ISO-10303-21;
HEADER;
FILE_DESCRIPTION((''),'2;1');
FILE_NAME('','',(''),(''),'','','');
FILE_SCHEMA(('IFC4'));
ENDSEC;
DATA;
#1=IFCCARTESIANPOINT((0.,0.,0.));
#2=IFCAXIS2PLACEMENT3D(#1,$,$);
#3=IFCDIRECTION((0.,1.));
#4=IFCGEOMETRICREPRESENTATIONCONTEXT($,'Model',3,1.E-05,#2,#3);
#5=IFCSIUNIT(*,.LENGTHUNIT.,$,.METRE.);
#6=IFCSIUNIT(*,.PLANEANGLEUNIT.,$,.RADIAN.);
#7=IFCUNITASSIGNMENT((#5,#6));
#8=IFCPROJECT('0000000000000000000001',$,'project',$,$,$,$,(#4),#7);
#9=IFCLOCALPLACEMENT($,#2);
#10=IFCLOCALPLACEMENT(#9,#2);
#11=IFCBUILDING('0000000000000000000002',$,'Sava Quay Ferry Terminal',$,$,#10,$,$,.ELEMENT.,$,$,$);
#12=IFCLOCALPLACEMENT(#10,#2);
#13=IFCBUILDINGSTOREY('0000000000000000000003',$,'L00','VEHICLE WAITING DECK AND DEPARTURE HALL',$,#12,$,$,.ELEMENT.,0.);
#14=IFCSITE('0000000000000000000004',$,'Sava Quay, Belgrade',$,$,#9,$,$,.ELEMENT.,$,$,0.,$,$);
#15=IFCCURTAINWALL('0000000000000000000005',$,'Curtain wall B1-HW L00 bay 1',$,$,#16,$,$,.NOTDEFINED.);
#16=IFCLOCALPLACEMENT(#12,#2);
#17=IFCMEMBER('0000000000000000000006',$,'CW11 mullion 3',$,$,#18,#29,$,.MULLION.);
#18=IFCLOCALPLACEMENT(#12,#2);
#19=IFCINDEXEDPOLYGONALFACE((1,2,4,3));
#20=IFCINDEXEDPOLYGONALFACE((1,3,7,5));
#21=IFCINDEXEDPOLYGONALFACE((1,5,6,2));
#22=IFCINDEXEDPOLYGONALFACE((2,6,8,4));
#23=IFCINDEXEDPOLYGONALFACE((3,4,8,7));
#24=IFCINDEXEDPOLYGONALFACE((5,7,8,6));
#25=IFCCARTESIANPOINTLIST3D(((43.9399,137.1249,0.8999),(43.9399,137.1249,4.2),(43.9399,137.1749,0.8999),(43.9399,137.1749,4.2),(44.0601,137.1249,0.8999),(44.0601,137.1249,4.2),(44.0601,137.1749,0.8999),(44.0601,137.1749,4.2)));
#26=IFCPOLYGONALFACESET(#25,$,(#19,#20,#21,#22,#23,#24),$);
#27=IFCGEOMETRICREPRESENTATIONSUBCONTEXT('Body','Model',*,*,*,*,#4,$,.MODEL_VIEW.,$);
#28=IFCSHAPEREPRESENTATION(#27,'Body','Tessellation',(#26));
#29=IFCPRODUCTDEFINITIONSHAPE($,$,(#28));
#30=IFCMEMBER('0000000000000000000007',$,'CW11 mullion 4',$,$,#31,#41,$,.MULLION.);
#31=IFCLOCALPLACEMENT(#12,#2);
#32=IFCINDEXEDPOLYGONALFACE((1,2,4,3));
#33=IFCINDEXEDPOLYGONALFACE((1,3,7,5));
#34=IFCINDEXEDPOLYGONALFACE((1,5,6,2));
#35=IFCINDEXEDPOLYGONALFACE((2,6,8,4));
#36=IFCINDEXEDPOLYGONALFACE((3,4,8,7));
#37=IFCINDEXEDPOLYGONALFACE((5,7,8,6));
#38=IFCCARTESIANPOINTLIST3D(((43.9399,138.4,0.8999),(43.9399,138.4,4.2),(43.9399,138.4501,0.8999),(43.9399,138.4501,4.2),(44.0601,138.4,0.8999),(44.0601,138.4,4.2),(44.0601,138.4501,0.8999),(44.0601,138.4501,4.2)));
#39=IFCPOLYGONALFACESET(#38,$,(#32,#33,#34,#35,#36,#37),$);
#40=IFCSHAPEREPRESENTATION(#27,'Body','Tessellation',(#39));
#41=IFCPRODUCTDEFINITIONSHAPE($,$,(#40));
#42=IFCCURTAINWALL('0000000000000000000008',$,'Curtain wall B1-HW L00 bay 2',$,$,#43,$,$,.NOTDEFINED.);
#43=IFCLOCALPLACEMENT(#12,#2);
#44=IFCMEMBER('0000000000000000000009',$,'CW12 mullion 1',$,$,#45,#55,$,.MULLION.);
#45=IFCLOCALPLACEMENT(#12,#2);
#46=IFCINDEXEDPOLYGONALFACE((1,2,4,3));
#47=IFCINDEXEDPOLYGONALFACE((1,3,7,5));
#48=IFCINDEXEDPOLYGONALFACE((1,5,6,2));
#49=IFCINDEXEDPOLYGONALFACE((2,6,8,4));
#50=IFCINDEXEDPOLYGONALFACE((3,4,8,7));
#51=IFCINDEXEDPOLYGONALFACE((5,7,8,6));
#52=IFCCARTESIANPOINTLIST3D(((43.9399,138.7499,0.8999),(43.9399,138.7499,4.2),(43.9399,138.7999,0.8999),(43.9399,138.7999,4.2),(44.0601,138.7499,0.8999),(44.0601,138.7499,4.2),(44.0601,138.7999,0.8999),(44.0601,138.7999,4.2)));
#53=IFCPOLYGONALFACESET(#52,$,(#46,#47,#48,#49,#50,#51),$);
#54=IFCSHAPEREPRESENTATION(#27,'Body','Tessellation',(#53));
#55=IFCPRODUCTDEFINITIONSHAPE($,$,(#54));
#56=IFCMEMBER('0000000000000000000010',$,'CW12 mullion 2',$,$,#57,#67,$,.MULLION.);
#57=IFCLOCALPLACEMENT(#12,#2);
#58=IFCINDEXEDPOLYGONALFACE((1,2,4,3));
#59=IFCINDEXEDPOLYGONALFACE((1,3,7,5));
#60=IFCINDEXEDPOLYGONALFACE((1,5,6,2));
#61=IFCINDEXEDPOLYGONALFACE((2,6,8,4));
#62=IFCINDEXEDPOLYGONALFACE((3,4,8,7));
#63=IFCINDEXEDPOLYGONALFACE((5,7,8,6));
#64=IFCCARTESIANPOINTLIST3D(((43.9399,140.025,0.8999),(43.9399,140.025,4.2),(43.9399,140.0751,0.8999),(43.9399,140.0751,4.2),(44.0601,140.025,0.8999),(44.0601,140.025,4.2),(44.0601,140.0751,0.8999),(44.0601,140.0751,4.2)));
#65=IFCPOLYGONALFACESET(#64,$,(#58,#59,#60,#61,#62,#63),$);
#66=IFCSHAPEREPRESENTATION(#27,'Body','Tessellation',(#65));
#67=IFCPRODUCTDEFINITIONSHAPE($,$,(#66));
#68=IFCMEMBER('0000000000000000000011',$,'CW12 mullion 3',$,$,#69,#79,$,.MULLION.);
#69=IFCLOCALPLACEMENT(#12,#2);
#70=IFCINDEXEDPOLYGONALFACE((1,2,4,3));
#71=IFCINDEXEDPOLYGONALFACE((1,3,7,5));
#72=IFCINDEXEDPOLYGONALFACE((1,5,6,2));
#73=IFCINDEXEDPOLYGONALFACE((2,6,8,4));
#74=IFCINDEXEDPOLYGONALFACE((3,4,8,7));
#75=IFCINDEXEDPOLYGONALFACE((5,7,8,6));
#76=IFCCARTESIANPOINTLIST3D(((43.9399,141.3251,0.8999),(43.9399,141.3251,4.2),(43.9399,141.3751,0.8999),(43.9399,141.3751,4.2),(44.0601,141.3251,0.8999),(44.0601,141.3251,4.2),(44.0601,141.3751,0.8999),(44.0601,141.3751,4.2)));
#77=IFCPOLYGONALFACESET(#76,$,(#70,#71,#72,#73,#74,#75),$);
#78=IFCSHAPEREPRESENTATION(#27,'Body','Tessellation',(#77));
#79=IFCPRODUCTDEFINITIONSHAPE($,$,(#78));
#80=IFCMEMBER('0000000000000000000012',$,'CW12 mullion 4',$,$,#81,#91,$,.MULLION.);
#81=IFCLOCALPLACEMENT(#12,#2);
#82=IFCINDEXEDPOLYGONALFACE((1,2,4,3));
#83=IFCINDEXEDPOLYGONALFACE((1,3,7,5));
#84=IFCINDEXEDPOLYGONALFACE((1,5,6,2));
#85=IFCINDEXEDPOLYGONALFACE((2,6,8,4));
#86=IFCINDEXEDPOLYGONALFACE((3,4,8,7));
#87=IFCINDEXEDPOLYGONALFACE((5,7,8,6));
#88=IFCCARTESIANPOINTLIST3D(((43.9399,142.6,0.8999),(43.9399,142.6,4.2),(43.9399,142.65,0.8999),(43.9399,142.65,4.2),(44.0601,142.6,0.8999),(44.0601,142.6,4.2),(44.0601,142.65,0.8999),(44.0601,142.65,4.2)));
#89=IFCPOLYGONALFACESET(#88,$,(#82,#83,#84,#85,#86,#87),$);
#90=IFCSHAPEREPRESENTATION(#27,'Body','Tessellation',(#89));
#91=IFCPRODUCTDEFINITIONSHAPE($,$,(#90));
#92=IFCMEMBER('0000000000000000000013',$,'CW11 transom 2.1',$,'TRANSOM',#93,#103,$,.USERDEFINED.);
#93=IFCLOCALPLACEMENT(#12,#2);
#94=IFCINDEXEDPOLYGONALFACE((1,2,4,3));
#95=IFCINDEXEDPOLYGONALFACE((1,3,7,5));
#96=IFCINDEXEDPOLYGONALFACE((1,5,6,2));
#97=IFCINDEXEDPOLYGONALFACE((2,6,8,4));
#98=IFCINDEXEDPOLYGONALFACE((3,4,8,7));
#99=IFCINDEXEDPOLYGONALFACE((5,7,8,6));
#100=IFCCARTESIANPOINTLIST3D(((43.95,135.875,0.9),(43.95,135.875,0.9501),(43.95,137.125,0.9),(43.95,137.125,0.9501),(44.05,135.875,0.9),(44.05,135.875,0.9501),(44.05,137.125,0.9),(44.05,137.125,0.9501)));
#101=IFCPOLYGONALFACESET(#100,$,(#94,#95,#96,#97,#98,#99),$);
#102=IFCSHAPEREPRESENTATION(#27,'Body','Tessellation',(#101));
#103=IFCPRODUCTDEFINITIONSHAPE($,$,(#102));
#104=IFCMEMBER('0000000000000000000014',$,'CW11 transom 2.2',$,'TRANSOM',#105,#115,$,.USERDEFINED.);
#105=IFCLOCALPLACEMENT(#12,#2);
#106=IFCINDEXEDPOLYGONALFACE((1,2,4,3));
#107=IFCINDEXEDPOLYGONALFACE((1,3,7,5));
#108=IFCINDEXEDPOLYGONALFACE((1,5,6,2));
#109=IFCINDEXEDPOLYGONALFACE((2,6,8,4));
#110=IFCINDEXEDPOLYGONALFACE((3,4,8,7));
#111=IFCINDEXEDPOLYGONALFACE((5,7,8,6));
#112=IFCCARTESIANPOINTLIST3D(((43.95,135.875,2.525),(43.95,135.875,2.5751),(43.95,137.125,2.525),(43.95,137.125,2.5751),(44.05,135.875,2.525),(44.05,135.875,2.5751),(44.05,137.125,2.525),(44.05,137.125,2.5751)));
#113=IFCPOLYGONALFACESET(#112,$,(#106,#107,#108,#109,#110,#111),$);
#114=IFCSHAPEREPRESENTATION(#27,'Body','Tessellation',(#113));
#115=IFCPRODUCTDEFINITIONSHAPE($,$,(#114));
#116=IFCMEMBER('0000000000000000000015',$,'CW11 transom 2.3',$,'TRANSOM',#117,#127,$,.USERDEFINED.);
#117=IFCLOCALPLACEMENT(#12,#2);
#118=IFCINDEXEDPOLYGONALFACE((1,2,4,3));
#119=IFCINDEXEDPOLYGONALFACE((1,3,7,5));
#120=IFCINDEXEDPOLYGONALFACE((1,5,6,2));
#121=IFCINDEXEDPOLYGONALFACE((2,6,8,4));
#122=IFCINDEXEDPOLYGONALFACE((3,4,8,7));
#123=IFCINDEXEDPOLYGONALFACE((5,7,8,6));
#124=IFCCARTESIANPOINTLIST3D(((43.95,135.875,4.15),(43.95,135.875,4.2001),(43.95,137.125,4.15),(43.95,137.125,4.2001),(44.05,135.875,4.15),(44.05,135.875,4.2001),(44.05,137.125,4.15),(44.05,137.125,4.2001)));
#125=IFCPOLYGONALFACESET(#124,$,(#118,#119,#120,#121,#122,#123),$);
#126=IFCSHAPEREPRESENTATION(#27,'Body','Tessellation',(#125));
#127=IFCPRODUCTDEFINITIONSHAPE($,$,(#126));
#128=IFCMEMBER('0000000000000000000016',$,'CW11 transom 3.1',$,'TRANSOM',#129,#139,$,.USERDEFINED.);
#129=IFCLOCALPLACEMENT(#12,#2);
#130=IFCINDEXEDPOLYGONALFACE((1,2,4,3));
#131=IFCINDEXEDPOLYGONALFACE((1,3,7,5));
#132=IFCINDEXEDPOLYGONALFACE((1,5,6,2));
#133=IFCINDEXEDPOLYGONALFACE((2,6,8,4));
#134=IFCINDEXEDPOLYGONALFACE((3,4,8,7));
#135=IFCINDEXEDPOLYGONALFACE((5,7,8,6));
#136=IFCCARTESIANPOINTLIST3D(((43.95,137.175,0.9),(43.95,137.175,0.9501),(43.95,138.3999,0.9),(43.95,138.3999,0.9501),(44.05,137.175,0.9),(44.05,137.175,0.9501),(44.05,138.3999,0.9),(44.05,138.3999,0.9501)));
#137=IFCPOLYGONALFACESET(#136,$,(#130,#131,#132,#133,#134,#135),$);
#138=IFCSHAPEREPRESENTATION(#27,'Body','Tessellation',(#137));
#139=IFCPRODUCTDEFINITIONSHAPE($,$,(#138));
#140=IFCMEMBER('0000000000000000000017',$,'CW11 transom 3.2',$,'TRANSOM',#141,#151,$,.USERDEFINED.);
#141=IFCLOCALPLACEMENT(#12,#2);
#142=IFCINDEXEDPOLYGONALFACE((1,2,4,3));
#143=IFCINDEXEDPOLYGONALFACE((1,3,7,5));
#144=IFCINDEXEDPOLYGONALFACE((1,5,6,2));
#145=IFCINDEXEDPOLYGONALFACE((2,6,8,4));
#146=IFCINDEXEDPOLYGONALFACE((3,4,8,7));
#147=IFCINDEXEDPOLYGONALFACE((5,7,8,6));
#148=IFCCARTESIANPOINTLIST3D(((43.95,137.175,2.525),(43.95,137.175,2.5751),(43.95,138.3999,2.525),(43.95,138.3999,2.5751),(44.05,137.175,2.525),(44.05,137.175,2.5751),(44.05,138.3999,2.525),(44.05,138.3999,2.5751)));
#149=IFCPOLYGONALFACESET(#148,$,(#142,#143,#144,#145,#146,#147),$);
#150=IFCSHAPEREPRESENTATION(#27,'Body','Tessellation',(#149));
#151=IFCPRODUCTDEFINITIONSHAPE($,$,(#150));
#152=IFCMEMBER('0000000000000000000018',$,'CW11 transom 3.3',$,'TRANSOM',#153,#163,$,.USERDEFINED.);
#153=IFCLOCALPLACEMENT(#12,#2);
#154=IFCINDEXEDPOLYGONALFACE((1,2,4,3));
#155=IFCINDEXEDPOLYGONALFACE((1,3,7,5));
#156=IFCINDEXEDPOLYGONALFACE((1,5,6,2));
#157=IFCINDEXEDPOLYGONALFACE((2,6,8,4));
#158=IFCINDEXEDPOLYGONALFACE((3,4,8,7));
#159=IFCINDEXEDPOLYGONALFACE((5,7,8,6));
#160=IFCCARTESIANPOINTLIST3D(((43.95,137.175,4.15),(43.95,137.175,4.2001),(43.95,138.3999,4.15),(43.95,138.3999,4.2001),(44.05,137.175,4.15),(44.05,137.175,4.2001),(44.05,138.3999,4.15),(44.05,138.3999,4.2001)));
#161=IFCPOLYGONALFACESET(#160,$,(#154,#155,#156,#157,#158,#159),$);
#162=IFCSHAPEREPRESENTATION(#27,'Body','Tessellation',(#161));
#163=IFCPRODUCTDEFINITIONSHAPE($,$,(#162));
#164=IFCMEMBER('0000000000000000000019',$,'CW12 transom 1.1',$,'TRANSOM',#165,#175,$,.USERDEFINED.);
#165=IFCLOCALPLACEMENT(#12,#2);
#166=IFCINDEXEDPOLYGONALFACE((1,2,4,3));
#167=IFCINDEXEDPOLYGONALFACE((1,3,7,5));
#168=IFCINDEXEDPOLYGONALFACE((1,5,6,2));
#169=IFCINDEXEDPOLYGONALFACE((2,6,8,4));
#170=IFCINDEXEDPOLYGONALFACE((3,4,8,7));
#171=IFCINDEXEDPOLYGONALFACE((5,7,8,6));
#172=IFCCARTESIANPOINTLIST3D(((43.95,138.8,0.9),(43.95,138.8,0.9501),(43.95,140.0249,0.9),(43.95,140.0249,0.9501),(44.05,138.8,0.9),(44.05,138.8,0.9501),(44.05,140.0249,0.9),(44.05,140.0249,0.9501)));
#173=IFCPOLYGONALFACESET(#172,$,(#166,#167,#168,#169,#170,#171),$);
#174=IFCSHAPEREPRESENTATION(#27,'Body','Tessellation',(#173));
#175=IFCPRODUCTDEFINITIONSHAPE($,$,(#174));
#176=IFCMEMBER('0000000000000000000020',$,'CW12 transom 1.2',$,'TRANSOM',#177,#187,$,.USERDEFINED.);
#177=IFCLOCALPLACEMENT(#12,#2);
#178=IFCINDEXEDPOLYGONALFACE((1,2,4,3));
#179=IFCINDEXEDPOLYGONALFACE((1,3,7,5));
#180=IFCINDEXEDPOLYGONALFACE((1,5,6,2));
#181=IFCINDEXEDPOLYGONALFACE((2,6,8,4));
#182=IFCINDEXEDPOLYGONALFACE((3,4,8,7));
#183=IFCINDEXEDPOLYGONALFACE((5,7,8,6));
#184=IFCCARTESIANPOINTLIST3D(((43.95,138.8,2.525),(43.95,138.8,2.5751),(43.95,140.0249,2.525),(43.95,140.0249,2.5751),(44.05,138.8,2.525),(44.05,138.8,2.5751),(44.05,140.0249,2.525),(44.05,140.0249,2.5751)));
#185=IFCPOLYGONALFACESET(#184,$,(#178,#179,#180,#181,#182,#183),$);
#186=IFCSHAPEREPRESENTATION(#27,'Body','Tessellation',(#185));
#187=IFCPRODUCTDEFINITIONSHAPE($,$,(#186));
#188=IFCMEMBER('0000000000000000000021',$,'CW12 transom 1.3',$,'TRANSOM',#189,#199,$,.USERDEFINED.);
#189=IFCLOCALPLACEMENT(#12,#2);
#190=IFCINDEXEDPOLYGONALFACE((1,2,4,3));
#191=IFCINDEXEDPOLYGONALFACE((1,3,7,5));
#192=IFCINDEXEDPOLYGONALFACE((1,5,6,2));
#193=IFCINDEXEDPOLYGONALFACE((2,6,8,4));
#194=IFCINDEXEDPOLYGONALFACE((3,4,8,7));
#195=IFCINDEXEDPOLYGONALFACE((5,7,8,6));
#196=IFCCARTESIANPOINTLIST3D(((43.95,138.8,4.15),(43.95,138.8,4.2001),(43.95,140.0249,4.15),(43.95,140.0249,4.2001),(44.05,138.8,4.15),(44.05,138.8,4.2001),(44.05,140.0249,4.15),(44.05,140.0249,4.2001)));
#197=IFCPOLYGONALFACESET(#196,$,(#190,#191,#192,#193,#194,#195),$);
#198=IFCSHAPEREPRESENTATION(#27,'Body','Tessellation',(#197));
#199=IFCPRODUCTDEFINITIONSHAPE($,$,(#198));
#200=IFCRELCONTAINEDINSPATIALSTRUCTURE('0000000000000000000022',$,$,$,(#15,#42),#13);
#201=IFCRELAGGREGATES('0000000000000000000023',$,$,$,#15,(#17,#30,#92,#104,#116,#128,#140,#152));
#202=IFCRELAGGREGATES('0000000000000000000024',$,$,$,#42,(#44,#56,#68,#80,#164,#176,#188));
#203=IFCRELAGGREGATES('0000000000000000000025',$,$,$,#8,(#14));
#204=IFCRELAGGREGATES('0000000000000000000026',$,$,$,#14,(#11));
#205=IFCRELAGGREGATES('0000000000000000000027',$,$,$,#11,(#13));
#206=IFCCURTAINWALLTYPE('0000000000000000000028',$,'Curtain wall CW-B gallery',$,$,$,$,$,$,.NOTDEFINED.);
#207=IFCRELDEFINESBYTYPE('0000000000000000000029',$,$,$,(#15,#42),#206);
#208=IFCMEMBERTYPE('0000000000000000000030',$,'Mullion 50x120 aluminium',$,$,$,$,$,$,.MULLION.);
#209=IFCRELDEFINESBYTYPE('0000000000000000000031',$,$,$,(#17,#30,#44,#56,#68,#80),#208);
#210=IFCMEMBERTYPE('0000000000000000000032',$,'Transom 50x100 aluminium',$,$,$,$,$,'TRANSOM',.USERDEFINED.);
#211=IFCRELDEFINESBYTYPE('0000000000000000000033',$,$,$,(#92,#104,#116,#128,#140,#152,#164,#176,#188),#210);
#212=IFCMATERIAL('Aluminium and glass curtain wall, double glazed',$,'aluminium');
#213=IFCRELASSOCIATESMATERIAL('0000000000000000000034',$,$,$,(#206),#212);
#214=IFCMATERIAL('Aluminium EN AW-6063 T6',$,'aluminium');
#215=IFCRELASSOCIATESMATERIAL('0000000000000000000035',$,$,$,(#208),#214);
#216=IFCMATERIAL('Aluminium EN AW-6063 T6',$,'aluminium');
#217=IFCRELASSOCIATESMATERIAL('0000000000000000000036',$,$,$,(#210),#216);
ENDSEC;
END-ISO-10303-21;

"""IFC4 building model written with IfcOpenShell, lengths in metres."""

from ifc_helpers import new_model, si_unit, direction, frame, origin, origin_2d, place, context, subcontext, project, spatial, rectangle, extrude, material, material_profile, profile_set, type_object, element, aggregate, save


model = new_model("IFC4")

# Units and contexts
model_context = context("Model", 3, precision=1e-05, world=origin(), true_north=direction((0.0, 1.0)))
body_context = subcontext(model_context, "Body", "Model", "MODEL_VIEW")
ifc_project = project(units=[si_unit("LENGTHUNIT", "METRE"), si_unit("PLANEANGLEUNIT", "RADIAN")], contexts=[model_context])

# Site, building, storey
site_placement = place(None, origin())
site = spatial("IfcSite", under=ifc_project, at=site_placement, Name="Sava Quay, Belgrade", CompositionType="ELEMENT", RefElevation=0.0)
building_placement = place(site_placement, origin())
building = spatial("IfcBuilding", under=site, at=building_placement, Name="Sava Quay Ferry Terminal", CompositionType="ELEMENT")
storey_placement = place(building_placement, origin())
storey = spatial("IfcBuildingStorey", under=building, at=storey_placement, Name="L00", Description="VEHICLE WAITING DECK AND DEPARTURE HALL", CompositionType="ELEMENT", Elevation=0.0)

# Curtain walls, members
ifc_material_1 = material(Name="Aluminium and glass curtain wall, double glazed", Category="aluminium")
curtain_wall_type = type_object("IfcCurtainWallType", Name="Curtain wall CW-B gallery", PredefinedType="NOTDEFINED", material=ifc_material_1)
curtain_wall_1_placement = place(storey_placement, origin())
curtain_wall_1 = element("IfcCurtainWall", 1, at=curtain_wall_1_placement, inside=storey, type_object=curtain_wall_type, Name="Curtain wall B1-HW L00 bay 1", PredefinedType="NOTDEFINED")
ifc_material_2 = material(Name="Aluminium EN AW-6063 T6", Category="aluminium")
ifc_material_profile_1 = material_profile(ifc_material_2, rectangle(XDim=0.1201, YDim=0.05, at=origin_2d()), Name="Mullion 50x120 aluminium")
ifc_profile_set_1 = profile_set([ifc_material_profile_1], Name="Aluminium EN AW-6063 T6")
member_type_1 = type_object("IfcMemberType", Name="Mullion 50x120 aluminium", PredefinedType="MULLION", material=ifc_profile_set_1)
member_1_placement = place(storey_placement, frame((44.0, 137.1499, 0.8999), z_axis=(0.0, 0.0, 1.0), x_axis=(-1.0, 0.0, 0.0)))
member_1 = element("IfcMember", 2, at=member_1_placement, type_object=member_type_1, Name="CW11 mullion 3", PredefinedType="MULLION", context=body_context, shape_type="SweptSolid", body=[
    extrude(rectangle(XDim=0.1201, YDim=0.05, at=origin_2d()), origin(), (0.0, 0.0, 1.0), 3.3),
])
member_2_placement = place(storey_placement, frame((44.0, 138.425, 0.8999), z_axis=(0.0, 0.0, 1.0), x_axis=(-1.0, 0.0, 0.0)))
member_2 = element("IfcMember", 3, at=member_2_placement, type_object=member_type_1, Name="CW11 mullion 4", PredefinedType="MULLION", context=body_context, shape_type="SweptSolid", body=[
    extrude(rectangle(XDim=0.1201, YDim=0.05, at=origin_2d()), origin(), (0.0, 0.0, 1.0), 3.3),
])
curtain_wall_2_placement = place(storey_placement, origin())
curtain_wall_2 = element("IfcCurtainWall", 4, at=curtain_wall_2_placement, inside=storey, type_object=curtain_wall_type, Name="Curtain wall B1-HW L00 bay 2", PredefinedType="NOTDEFINED")
member_3_placement = place(storey_placement, frame((44.0, 138.7749, 0.8999), z_axis=(0.0, 0.0, 1.0), x_axis=(-1.0, 0.0, 0.0)))
member_3 = element("IfcMember", 5, at=member_3_placement, type_object=member_type_1, Name="CW12 mullion 1", PredefinedType="MULLION", context=body_context, shape_type="SweptSolid", body=[
    extrude(rectangle(XDim=0.1201, YDim=0.05, at=origin_2d()), origin(), (0.0, 0.0, 1.0), 3.3),
])
member_4_placement = place(storey_placement, frame((44.0, 140.05, 0.8999), z_axis=(0.0, 0.0, 1.0), x_axis=(-1.0, 0.0, 0.0)))
member_4 = element("IfcMember", 6, at=member_4_placement, type_object=member_type_1, Name="CW12 mullion 2", PredefinedType="MULLION", context=body_context, shape_type="SweptSolid", body=[
    extrude(rectangle(XDim=0.1201, YDim=0.05, at=origin_2d()), origin(), (0.0, 0.0, 1.0), 3.3),
])
member_5_placement = place(storey_placement, frame((44.0, 141.3501, 0.8999), z_axis=(0.0, 0.0, 1.0), x_axis=(-1.0, 0.0, 0.0)))
member_5 = element("IfcMember", 7, at=member_5_placement, type_object=member_type_1, Name="CW12 mullion 3", PredefinedType="MULLION", context=body_context, shape_type="SweptSolid", body=[
    extrude(rectangle(XDim=0.1201, YDim=0.05, at=origin_2d()), origin(), (0.0, 0.0, 1.0), 3.3),
])
member_6_placement = place(storey_placement, frame((44.0, 142.625, 0.8999), z_axis=(0.0, 0.0, 1.0), x_axis=(-1.0, 0.0, 0.0)))
member_6 = element("IfcMember", 8, at=member_6_placement, type_object=member_type_1, Name="CW12 mullion 4", PredefinedType="MULLION", context=body_context, shape_type="SweptSolid", body=[
    extrude(rectangle(XDim=0.1201, YDim=0.05, at=origin_2d()), origin(), (0.0, 0.0, 1.0), 3.3),
])

# Members
ifc_material_3 = material(Name="Aluminium EN AW-6063 T6", Category="aluminium")
ifc_material_profile_2 = material_profile(ifc_material_3, rectangle(XDim=0.1001, YDim=0.05, at=origin_2d()), Name="Transom 50x100 aluminium")
ifc_profile_set_2 = profile_set([ifc_material_profile_2], Name="Aluminium EN AW-6063 T6")
member_type_2 = type_object("IfcMemberType", Name="Transom 50x100 aluminium", ElementType="TRANSOM", PredefinedType="USERDEFINED", material=ifc_profile_set_2)
member_7_placement = place(storey_placement, frame((44.0, 135.875, 0.925), z_axis=(0.0, 1.0, 0.0), x_axis=(-1.0, 0.0, 0.0)))
member_7 = element("IfcMember", 9, at=member_7_placement, type_object=member_type_2, Name="CW11 transom 2.1", ObjectType="TRANSOM", PredefinedType="USERDEFINED", context=body_context, shape_type="SweptSolid", body=[
    extrude(rectangle(XDim=0.1001, YDim=0.05, at=origin_2d()), origin(), (0.0, 0.0, 1.0), 1.25),
])
member_8_placement = place(storey_placement, frame((44.0, 135.875, 2.55), z_axis=(0.0, 1.0, 0.0), x_axis=(-1.0, 0.0, 0.0)))
member_8 = element("IfcMember", 10, at=member_8_placement, type_object=member_type_2, Name="CW11 transom 2.2", ObjectType="TRANSOM", PredefinedType="USERDEFINED", context=body_context, shape_type="SweptSolid", body=[
    extrude(rectangle(XDim=0.1001, YDim=0.05, at=origin_2d()), origin(), (0.0, 0.0, 1.0), 1.25),
])
member_9_placement = place(storey_placement, frame((44.0, 135.875, 4.175), z_axis=(0.0, 1.0, 0.0), x_axis=(-1.0, 0.0, 0.0)))
member_9 = element("IfcMember", 11, at=member_9_placement, type_object=member_type_2, Name="CW11 transom 2.3", ObjectType="TRANSOM", PredefinedType="USERDEFINED", context=body_context, shape_type="SweptSolid", body=[
    extrude(rectangle(XDim=0.1001, YDim=0.05, at=origin_2d()), origin(), (0.0, 0.0, 1.0), 1.25),
])
member_10_placement = place(storey_placement, frame((44.0, 137.175, 0.925), z_axis=(0.0, 1.0, 0.0), x_axis=(-1.0, 0.0, 0.0)))
member_10 = element("IfcMember", 12, at=member_10_placement, type_object=member_type_2, Name="CW11 transom 3.1", ObjectType="TRANSOM", PredefinedType="USERDEFINED", context=body_context, shape_type="SweptSolid", body=[
    extrude(rectangle(XDim=0.1001, YDim=0.05, at=origin_2d()), origin(), (0.0, 0.0, 1.0), 1.2249),
])
member_11_placement = place(storey_placement, frame((44.0, 137.175, 2.55), z_axis=(0.0, 1.0, 0.0), x_axis=(-1.0, 0.0, 0.0)))
member_11 = element("IfcMember", 13, at=member_11_placement, type_object=member_type_2, Name="CW11 transom 3.2", ObjectType="TRANSOM", PredefinedType="USERDEFINED", context=body_context, shape_type="SweptSolid", body=[
    extrude(rectangle(XDim=0.1001, YDim=0.05, at=origin_2d()), origin(), (0.0, 0.0, 1.0), 1.2249),
])
member_12_placement = place(storey_placement, frame((44.0, 137.175, 4.175), z_axis=(0.0, 1.0, 0.0), x_axis=(-1.0, 0.0, 0.0)))
member_12 = element("IfcMember", 14, at=member_12_placement, type_object=member_type_2, Name="CW11 transom 3.3", ObjectType="TRANSOM", PredefinedType="USERDEFINED", context=body_context, shape_type="SweptSolid", body=[
    extrude(rectangle(XDim=0.1001, YDim=0.05, at=origin_2d()), origin(), (0.0, 0.0, 1.0), 1.2249),
])
member_13_placement = place(storey_placement, frame((44.0, 138.8, 0.925), z_axis=(0.0, 1.0, 0.0), x_axis=(-1.0, 0.0, 0.0)))
member_13 = element("IfcMember", 15, at=member_13_placement, type_object=member_type_2, Name="CW12 transom 1.1", ObjectType="TRANSOM", PredefinedType="USERDEFINED", context=body_context, shape_type="SweptSolid", body=[
    extrude(rectangle(XDim=0.1001, YDim=0.05, at=origin_2d()), origin(), (0.0, 0.0, 1.0), 1.2249),
])
member_14_placement = place(storey_placement, frame((44.0, 138.8, 2.55), z_axis=(0.0, 1.0, 0.0), x_axis=(-1.0, 0.0, 0.0)))
member_14 = element("IfcMember", 16, at=member_14_placement, type_object=member_type_2, Name="CW12 transom 1.2", ObjectType="TRANSOM", PredefinedType="USERDEFINED", context=body_context, shape_type="SweptSolid", body=[
    extrude(rectangle(XDim=0.1001, YDim=0.05, at=origin_2d()), origin(), (0.0, 0.0, 1.0), 1.2249),
])
member_15_placement = place(storey_placement, frame((44.0, 138.8, 4.175), z_axis=(0.0, 1.0, 0.0), x_axis=(-1.0, 0.0, 0.0)))
member_15 = element("IfcMember", 17, at=member_15_placement, type_object=member_type_2, Name="CW12 transom 1.3", ObjectType="TRANSOM", PredefinedType="USERDEFINED", context=body_context, shape_type="SweptSolid", body=[
    extrude(rectangle(XDim=0.1001, YDim=0.05, at=origin_2d()), origin(), (0.0, 0.0, 1.0), 1.2249),
])

aggregate(curtain_wall_1, [member_1, member_2, member_7, member_8, member_9, member_10, member_11, member_12])
aggregate(curtain_wall_2, [member_3, member_4, member_5, member_6, member_13, member_14, member_15])

save(model, "model.ifc")
